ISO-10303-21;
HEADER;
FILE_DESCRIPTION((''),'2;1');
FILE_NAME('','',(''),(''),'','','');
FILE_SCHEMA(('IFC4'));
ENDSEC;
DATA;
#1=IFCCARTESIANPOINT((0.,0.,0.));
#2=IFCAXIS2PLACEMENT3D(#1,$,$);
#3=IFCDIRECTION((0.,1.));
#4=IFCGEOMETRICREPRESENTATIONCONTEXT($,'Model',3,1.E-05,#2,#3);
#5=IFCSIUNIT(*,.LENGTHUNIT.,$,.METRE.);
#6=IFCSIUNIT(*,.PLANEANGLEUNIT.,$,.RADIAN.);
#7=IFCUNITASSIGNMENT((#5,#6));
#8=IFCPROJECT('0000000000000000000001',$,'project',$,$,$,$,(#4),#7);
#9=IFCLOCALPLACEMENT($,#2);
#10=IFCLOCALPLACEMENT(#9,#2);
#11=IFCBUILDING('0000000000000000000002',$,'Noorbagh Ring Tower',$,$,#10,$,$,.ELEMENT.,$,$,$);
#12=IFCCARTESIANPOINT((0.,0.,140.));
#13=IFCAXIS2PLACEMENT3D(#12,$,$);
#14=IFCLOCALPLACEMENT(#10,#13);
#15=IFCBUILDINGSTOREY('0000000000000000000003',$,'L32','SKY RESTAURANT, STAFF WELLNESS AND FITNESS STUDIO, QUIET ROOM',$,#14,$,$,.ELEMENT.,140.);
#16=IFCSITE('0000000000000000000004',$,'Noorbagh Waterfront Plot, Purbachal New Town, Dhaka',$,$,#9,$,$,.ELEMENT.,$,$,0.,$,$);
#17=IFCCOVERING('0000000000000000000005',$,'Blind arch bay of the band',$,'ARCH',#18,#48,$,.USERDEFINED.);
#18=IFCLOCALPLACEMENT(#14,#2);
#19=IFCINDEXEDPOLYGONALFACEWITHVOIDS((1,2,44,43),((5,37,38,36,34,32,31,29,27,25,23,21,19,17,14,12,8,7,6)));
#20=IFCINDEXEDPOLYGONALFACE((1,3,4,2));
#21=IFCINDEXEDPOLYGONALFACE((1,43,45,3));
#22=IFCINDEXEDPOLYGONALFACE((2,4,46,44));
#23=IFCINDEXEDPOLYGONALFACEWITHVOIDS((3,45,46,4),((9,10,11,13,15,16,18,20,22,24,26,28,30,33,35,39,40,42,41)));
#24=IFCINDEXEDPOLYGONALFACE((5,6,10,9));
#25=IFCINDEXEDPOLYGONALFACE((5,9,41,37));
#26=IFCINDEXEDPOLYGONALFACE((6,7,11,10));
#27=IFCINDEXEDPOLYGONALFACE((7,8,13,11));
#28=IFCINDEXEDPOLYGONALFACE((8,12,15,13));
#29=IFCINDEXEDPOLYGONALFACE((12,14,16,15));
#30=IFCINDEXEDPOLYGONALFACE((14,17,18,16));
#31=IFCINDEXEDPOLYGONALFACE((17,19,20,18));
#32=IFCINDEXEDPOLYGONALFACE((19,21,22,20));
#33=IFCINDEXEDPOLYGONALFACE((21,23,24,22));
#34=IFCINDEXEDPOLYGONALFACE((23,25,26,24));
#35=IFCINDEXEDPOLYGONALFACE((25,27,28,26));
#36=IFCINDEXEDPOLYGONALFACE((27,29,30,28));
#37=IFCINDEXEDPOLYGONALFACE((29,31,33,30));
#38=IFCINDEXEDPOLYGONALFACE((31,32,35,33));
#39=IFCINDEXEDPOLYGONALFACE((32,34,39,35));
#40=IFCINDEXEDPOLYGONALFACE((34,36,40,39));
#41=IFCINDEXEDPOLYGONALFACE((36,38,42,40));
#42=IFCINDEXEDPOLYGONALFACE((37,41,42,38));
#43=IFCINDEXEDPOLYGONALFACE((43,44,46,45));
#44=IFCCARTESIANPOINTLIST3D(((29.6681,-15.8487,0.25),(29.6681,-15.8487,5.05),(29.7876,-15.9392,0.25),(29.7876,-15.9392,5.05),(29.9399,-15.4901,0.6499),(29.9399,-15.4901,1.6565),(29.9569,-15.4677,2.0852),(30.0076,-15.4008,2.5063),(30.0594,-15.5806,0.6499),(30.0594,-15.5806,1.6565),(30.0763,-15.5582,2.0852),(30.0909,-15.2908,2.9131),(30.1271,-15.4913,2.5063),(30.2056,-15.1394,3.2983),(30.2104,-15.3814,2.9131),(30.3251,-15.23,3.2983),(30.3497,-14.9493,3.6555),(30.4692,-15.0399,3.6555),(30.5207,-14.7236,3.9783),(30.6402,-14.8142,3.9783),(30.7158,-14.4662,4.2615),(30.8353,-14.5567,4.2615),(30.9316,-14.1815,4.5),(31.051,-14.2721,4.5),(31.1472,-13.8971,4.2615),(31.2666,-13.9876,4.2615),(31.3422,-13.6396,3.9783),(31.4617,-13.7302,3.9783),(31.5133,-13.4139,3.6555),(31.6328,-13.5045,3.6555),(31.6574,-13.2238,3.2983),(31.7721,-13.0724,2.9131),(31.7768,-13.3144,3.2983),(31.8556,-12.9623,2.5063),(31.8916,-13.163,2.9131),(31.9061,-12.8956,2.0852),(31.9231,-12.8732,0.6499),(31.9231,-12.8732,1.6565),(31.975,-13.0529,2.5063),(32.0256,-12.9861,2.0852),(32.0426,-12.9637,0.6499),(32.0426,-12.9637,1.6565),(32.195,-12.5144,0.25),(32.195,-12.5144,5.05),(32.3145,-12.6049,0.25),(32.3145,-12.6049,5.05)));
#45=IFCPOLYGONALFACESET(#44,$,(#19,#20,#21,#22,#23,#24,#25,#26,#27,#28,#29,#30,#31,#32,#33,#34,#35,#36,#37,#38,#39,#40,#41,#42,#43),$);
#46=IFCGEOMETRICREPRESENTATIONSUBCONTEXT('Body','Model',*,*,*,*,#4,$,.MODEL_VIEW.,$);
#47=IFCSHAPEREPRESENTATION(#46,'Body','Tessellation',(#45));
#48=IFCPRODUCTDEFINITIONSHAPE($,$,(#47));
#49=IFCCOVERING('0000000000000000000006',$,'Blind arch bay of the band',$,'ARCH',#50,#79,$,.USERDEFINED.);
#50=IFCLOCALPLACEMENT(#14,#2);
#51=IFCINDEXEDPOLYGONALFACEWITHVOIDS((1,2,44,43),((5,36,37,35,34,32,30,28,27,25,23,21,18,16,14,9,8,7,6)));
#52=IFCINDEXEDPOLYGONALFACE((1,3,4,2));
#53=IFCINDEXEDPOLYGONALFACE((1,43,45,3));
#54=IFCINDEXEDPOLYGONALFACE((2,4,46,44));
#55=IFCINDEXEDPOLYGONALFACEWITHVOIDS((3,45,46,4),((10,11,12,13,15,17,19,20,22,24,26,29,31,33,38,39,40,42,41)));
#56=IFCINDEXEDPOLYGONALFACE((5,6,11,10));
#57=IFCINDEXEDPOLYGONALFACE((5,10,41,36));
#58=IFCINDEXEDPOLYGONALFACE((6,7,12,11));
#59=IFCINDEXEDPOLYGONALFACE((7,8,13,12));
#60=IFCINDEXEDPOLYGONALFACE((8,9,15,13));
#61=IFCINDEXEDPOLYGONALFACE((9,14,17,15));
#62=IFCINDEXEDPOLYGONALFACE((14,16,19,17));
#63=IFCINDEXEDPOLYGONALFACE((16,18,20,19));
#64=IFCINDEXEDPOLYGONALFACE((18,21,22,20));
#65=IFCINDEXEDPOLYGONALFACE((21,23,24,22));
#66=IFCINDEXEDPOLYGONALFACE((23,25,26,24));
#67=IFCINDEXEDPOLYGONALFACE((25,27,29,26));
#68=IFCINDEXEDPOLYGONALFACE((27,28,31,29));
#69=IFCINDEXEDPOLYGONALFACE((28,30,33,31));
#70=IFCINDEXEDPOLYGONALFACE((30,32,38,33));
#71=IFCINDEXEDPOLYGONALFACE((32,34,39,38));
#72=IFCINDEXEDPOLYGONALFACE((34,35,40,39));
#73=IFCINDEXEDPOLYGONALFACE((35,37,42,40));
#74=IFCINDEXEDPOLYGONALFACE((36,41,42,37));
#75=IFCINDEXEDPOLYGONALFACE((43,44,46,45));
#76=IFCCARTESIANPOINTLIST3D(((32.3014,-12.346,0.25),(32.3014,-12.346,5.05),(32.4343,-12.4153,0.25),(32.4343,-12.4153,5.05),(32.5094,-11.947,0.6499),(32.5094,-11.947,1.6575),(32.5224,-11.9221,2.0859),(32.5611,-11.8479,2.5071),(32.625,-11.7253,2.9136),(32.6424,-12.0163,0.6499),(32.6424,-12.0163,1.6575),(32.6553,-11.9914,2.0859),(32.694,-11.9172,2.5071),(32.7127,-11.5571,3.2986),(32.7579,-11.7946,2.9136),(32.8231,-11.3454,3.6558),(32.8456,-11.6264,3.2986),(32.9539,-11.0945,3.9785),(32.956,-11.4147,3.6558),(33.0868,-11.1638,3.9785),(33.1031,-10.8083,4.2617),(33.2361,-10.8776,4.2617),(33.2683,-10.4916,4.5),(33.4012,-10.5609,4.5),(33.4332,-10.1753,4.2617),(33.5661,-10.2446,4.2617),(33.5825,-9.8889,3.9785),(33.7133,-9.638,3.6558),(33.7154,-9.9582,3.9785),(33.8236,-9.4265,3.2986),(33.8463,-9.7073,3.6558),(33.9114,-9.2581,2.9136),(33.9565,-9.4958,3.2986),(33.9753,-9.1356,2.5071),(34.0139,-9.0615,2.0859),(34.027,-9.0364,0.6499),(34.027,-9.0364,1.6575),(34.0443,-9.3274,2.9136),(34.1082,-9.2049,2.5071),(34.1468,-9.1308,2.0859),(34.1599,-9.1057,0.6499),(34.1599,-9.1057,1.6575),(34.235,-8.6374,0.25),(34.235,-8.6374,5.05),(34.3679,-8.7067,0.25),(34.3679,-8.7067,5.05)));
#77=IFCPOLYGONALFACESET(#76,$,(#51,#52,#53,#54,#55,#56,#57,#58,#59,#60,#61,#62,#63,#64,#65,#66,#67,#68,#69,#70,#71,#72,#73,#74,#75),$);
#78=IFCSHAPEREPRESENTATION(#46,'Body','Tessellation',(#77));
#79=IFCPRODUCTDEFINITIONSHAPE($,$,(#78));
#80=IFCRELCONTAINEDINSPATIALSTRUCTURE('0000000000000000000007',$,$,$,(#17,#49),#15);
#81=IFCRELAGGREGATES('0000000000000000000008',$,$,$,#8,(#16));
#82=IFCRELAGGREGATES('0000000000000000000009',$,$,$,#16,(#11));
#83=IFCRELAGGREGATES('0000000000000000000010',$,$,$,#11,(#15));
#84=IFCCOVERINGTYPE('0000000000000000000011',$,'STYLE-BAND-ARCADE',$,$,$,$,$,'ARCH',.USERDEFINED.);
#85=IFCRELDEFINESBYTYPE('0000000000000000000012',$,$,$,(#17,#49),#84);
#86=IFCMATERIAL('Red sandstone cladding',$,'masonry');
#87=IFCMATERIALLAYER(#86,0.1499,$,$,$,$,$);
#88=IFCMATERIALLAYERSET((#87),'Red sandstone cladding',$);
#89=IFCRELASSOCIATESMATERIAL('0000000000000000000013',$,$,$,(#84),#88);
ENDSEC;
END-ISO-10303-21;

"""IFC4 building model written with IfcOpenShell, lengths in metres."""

from ifc_helpers import new_model, si_unit, direction, frame, origin, place, context, subcontext, project, spatial, polyline, outline, extrude, material, layer, layer_set, type_object, element, save


model = new_model("IFC4")

# Units and contexts
model_context = context("Model", 3, precision=1e-05, world=origin(), true_north=direction((0.0, 1.0)))
body_context = subcontext(model_context, "Body", "Model", "MODEL_VIEW")
ifc_project = project(units=[si_unit("LENGTHUNIT", "METRE"), si_unit("PLANEANGLEUNIT", "RADIAN")], contexts=[model_context])

# Site, building, storey
site_placement = place(None, origin())
site = spatial("IfcSite", under=ifc_project, at=site_placement, Name="Noorbagh Waterfront Plot, Purbachal New Town, Dhaka", CompositionType="ELEMENT", RefElevation=0.0)
building_placement = place(site_placement, origin())
building = spatial("IfcBuilding", under=site, at=building_placement, Name="Noorbagh Ring Tower", CompositionType="ELEMENT")
storey_placement = place(building_placement, frame((0.0, 0.0, 140.0)))
storey = spatial("IfcBuildingStorey", under=building, at=storey_placement, Name="L32", Description="SKY RESTAURANT, STAFF WELLNESS AND FITNESS STUDIO, QUIET ROOM", CompositionType="ELEMENT", Elevation=140.0)

# Coverings
ifc_material_1 = material(Name="Red sandstone cladding", Category="masonry")
ifc_layer_1 = layer(ifc_material_1, 0.1499)
ifc_layer_set_1 = layer_set([ifc_layer_1], Name="Red sandstone cladding")
covering_type_1 = type_object("IfcCoveringType", Name="STYLE-BAND-ARCADE", ElementType="ARCH", PredefinedType="USERDEFINED", material=ifc_layer_set_1)
covering_1_placement = place(storey_placement, frame((29.7876, -15.9392, 0.25), z_axis=(0.796986, -0.603998, 0.0), x_axis=(0.603998, 0.796986, 0.0)))
element("IfcCovering", 1, at=covering_1_placement, inside=storey, type_object=covering_type_1, Name="Blind arch bay of the band", ObjectType="ARCH", PredefinedType="USERDEFINED", context=body_context, shape_type="SweptSolid", body=[
    extrude(outline(polyline([(0.0, 0.0), (4.1836, 0.0), (4.1836, 4.8), (0.0, 4.8), (0.0, 0.0)]), holes=[polyline([(0.45, 0.3999), (0.45, 1.4065), (0.478, 1.8352), (0.562, 2.2563), (0.7, 2.6631), (0.8899, 3.0483), (1.1284, 3.4055), (1.4116, 3.7283), (1.7346, 4.0115), (2.0918, 4.25), (2.4487, 4.0115), (2.7717, 3.7283), (3.0549, 3.4055), (3.2935, 3.0483), (3.4834, 2.6631), (3.6216, 2.2563), (3.7053, 1.8352), (3.7334, 1.4065), (3.7334, 0.3999), (0.45, 0.3999)])]), origin(), (0.0, 0.0, -1.0), 0.1499),
])
covering_2_placement = place(storey_placement, frame((32.4343, -12.4153, 0.25), z_axis=(0.88671, -0.462327, 0.0), x_axis=(0.462327, 0.88671, 0.0)))
element("IfcCovering", 2, at=covering_2_placement, inside=storey, type_object=covering_type_1, Name="Blind arch bay of the band", ObjectType="ARCH", PredefinedType="USERDEFINED", context=body_context, shape_type="SweptSolid", body=[
    extrude(outline(polyline([(0.0, 0.0), (4.1824, 0.0), (4.1824, 4.8), (0.0, 4.8), (0.0, 0.0)]), holes=[polyline([(0.45, 0.3999), (0.45, 1.4075), (0.478, 1.8359), (0.5618, 2.2571), (0.7, 2.6636), (0.8896, 3.0486), (1.1284, 3.4058), (1.4114, 3.7285), (1.7341, 4.0117), (2.0913, 4.25), (2.448, 4.0117), (2.771, 3.7285), (3.054, 3.4058), (3.2925, 3.0486), (3.4824, 2.6636), (3.6206, 2.2571), (3.7041, 1.8359), (3.7324, 1.4075), (3.7324, 0.3999), (0.45, 0.3999)])]), origin(), (0.0, 0.0, -1.0), 0.1499),
])

save(model, "model.ifc")
